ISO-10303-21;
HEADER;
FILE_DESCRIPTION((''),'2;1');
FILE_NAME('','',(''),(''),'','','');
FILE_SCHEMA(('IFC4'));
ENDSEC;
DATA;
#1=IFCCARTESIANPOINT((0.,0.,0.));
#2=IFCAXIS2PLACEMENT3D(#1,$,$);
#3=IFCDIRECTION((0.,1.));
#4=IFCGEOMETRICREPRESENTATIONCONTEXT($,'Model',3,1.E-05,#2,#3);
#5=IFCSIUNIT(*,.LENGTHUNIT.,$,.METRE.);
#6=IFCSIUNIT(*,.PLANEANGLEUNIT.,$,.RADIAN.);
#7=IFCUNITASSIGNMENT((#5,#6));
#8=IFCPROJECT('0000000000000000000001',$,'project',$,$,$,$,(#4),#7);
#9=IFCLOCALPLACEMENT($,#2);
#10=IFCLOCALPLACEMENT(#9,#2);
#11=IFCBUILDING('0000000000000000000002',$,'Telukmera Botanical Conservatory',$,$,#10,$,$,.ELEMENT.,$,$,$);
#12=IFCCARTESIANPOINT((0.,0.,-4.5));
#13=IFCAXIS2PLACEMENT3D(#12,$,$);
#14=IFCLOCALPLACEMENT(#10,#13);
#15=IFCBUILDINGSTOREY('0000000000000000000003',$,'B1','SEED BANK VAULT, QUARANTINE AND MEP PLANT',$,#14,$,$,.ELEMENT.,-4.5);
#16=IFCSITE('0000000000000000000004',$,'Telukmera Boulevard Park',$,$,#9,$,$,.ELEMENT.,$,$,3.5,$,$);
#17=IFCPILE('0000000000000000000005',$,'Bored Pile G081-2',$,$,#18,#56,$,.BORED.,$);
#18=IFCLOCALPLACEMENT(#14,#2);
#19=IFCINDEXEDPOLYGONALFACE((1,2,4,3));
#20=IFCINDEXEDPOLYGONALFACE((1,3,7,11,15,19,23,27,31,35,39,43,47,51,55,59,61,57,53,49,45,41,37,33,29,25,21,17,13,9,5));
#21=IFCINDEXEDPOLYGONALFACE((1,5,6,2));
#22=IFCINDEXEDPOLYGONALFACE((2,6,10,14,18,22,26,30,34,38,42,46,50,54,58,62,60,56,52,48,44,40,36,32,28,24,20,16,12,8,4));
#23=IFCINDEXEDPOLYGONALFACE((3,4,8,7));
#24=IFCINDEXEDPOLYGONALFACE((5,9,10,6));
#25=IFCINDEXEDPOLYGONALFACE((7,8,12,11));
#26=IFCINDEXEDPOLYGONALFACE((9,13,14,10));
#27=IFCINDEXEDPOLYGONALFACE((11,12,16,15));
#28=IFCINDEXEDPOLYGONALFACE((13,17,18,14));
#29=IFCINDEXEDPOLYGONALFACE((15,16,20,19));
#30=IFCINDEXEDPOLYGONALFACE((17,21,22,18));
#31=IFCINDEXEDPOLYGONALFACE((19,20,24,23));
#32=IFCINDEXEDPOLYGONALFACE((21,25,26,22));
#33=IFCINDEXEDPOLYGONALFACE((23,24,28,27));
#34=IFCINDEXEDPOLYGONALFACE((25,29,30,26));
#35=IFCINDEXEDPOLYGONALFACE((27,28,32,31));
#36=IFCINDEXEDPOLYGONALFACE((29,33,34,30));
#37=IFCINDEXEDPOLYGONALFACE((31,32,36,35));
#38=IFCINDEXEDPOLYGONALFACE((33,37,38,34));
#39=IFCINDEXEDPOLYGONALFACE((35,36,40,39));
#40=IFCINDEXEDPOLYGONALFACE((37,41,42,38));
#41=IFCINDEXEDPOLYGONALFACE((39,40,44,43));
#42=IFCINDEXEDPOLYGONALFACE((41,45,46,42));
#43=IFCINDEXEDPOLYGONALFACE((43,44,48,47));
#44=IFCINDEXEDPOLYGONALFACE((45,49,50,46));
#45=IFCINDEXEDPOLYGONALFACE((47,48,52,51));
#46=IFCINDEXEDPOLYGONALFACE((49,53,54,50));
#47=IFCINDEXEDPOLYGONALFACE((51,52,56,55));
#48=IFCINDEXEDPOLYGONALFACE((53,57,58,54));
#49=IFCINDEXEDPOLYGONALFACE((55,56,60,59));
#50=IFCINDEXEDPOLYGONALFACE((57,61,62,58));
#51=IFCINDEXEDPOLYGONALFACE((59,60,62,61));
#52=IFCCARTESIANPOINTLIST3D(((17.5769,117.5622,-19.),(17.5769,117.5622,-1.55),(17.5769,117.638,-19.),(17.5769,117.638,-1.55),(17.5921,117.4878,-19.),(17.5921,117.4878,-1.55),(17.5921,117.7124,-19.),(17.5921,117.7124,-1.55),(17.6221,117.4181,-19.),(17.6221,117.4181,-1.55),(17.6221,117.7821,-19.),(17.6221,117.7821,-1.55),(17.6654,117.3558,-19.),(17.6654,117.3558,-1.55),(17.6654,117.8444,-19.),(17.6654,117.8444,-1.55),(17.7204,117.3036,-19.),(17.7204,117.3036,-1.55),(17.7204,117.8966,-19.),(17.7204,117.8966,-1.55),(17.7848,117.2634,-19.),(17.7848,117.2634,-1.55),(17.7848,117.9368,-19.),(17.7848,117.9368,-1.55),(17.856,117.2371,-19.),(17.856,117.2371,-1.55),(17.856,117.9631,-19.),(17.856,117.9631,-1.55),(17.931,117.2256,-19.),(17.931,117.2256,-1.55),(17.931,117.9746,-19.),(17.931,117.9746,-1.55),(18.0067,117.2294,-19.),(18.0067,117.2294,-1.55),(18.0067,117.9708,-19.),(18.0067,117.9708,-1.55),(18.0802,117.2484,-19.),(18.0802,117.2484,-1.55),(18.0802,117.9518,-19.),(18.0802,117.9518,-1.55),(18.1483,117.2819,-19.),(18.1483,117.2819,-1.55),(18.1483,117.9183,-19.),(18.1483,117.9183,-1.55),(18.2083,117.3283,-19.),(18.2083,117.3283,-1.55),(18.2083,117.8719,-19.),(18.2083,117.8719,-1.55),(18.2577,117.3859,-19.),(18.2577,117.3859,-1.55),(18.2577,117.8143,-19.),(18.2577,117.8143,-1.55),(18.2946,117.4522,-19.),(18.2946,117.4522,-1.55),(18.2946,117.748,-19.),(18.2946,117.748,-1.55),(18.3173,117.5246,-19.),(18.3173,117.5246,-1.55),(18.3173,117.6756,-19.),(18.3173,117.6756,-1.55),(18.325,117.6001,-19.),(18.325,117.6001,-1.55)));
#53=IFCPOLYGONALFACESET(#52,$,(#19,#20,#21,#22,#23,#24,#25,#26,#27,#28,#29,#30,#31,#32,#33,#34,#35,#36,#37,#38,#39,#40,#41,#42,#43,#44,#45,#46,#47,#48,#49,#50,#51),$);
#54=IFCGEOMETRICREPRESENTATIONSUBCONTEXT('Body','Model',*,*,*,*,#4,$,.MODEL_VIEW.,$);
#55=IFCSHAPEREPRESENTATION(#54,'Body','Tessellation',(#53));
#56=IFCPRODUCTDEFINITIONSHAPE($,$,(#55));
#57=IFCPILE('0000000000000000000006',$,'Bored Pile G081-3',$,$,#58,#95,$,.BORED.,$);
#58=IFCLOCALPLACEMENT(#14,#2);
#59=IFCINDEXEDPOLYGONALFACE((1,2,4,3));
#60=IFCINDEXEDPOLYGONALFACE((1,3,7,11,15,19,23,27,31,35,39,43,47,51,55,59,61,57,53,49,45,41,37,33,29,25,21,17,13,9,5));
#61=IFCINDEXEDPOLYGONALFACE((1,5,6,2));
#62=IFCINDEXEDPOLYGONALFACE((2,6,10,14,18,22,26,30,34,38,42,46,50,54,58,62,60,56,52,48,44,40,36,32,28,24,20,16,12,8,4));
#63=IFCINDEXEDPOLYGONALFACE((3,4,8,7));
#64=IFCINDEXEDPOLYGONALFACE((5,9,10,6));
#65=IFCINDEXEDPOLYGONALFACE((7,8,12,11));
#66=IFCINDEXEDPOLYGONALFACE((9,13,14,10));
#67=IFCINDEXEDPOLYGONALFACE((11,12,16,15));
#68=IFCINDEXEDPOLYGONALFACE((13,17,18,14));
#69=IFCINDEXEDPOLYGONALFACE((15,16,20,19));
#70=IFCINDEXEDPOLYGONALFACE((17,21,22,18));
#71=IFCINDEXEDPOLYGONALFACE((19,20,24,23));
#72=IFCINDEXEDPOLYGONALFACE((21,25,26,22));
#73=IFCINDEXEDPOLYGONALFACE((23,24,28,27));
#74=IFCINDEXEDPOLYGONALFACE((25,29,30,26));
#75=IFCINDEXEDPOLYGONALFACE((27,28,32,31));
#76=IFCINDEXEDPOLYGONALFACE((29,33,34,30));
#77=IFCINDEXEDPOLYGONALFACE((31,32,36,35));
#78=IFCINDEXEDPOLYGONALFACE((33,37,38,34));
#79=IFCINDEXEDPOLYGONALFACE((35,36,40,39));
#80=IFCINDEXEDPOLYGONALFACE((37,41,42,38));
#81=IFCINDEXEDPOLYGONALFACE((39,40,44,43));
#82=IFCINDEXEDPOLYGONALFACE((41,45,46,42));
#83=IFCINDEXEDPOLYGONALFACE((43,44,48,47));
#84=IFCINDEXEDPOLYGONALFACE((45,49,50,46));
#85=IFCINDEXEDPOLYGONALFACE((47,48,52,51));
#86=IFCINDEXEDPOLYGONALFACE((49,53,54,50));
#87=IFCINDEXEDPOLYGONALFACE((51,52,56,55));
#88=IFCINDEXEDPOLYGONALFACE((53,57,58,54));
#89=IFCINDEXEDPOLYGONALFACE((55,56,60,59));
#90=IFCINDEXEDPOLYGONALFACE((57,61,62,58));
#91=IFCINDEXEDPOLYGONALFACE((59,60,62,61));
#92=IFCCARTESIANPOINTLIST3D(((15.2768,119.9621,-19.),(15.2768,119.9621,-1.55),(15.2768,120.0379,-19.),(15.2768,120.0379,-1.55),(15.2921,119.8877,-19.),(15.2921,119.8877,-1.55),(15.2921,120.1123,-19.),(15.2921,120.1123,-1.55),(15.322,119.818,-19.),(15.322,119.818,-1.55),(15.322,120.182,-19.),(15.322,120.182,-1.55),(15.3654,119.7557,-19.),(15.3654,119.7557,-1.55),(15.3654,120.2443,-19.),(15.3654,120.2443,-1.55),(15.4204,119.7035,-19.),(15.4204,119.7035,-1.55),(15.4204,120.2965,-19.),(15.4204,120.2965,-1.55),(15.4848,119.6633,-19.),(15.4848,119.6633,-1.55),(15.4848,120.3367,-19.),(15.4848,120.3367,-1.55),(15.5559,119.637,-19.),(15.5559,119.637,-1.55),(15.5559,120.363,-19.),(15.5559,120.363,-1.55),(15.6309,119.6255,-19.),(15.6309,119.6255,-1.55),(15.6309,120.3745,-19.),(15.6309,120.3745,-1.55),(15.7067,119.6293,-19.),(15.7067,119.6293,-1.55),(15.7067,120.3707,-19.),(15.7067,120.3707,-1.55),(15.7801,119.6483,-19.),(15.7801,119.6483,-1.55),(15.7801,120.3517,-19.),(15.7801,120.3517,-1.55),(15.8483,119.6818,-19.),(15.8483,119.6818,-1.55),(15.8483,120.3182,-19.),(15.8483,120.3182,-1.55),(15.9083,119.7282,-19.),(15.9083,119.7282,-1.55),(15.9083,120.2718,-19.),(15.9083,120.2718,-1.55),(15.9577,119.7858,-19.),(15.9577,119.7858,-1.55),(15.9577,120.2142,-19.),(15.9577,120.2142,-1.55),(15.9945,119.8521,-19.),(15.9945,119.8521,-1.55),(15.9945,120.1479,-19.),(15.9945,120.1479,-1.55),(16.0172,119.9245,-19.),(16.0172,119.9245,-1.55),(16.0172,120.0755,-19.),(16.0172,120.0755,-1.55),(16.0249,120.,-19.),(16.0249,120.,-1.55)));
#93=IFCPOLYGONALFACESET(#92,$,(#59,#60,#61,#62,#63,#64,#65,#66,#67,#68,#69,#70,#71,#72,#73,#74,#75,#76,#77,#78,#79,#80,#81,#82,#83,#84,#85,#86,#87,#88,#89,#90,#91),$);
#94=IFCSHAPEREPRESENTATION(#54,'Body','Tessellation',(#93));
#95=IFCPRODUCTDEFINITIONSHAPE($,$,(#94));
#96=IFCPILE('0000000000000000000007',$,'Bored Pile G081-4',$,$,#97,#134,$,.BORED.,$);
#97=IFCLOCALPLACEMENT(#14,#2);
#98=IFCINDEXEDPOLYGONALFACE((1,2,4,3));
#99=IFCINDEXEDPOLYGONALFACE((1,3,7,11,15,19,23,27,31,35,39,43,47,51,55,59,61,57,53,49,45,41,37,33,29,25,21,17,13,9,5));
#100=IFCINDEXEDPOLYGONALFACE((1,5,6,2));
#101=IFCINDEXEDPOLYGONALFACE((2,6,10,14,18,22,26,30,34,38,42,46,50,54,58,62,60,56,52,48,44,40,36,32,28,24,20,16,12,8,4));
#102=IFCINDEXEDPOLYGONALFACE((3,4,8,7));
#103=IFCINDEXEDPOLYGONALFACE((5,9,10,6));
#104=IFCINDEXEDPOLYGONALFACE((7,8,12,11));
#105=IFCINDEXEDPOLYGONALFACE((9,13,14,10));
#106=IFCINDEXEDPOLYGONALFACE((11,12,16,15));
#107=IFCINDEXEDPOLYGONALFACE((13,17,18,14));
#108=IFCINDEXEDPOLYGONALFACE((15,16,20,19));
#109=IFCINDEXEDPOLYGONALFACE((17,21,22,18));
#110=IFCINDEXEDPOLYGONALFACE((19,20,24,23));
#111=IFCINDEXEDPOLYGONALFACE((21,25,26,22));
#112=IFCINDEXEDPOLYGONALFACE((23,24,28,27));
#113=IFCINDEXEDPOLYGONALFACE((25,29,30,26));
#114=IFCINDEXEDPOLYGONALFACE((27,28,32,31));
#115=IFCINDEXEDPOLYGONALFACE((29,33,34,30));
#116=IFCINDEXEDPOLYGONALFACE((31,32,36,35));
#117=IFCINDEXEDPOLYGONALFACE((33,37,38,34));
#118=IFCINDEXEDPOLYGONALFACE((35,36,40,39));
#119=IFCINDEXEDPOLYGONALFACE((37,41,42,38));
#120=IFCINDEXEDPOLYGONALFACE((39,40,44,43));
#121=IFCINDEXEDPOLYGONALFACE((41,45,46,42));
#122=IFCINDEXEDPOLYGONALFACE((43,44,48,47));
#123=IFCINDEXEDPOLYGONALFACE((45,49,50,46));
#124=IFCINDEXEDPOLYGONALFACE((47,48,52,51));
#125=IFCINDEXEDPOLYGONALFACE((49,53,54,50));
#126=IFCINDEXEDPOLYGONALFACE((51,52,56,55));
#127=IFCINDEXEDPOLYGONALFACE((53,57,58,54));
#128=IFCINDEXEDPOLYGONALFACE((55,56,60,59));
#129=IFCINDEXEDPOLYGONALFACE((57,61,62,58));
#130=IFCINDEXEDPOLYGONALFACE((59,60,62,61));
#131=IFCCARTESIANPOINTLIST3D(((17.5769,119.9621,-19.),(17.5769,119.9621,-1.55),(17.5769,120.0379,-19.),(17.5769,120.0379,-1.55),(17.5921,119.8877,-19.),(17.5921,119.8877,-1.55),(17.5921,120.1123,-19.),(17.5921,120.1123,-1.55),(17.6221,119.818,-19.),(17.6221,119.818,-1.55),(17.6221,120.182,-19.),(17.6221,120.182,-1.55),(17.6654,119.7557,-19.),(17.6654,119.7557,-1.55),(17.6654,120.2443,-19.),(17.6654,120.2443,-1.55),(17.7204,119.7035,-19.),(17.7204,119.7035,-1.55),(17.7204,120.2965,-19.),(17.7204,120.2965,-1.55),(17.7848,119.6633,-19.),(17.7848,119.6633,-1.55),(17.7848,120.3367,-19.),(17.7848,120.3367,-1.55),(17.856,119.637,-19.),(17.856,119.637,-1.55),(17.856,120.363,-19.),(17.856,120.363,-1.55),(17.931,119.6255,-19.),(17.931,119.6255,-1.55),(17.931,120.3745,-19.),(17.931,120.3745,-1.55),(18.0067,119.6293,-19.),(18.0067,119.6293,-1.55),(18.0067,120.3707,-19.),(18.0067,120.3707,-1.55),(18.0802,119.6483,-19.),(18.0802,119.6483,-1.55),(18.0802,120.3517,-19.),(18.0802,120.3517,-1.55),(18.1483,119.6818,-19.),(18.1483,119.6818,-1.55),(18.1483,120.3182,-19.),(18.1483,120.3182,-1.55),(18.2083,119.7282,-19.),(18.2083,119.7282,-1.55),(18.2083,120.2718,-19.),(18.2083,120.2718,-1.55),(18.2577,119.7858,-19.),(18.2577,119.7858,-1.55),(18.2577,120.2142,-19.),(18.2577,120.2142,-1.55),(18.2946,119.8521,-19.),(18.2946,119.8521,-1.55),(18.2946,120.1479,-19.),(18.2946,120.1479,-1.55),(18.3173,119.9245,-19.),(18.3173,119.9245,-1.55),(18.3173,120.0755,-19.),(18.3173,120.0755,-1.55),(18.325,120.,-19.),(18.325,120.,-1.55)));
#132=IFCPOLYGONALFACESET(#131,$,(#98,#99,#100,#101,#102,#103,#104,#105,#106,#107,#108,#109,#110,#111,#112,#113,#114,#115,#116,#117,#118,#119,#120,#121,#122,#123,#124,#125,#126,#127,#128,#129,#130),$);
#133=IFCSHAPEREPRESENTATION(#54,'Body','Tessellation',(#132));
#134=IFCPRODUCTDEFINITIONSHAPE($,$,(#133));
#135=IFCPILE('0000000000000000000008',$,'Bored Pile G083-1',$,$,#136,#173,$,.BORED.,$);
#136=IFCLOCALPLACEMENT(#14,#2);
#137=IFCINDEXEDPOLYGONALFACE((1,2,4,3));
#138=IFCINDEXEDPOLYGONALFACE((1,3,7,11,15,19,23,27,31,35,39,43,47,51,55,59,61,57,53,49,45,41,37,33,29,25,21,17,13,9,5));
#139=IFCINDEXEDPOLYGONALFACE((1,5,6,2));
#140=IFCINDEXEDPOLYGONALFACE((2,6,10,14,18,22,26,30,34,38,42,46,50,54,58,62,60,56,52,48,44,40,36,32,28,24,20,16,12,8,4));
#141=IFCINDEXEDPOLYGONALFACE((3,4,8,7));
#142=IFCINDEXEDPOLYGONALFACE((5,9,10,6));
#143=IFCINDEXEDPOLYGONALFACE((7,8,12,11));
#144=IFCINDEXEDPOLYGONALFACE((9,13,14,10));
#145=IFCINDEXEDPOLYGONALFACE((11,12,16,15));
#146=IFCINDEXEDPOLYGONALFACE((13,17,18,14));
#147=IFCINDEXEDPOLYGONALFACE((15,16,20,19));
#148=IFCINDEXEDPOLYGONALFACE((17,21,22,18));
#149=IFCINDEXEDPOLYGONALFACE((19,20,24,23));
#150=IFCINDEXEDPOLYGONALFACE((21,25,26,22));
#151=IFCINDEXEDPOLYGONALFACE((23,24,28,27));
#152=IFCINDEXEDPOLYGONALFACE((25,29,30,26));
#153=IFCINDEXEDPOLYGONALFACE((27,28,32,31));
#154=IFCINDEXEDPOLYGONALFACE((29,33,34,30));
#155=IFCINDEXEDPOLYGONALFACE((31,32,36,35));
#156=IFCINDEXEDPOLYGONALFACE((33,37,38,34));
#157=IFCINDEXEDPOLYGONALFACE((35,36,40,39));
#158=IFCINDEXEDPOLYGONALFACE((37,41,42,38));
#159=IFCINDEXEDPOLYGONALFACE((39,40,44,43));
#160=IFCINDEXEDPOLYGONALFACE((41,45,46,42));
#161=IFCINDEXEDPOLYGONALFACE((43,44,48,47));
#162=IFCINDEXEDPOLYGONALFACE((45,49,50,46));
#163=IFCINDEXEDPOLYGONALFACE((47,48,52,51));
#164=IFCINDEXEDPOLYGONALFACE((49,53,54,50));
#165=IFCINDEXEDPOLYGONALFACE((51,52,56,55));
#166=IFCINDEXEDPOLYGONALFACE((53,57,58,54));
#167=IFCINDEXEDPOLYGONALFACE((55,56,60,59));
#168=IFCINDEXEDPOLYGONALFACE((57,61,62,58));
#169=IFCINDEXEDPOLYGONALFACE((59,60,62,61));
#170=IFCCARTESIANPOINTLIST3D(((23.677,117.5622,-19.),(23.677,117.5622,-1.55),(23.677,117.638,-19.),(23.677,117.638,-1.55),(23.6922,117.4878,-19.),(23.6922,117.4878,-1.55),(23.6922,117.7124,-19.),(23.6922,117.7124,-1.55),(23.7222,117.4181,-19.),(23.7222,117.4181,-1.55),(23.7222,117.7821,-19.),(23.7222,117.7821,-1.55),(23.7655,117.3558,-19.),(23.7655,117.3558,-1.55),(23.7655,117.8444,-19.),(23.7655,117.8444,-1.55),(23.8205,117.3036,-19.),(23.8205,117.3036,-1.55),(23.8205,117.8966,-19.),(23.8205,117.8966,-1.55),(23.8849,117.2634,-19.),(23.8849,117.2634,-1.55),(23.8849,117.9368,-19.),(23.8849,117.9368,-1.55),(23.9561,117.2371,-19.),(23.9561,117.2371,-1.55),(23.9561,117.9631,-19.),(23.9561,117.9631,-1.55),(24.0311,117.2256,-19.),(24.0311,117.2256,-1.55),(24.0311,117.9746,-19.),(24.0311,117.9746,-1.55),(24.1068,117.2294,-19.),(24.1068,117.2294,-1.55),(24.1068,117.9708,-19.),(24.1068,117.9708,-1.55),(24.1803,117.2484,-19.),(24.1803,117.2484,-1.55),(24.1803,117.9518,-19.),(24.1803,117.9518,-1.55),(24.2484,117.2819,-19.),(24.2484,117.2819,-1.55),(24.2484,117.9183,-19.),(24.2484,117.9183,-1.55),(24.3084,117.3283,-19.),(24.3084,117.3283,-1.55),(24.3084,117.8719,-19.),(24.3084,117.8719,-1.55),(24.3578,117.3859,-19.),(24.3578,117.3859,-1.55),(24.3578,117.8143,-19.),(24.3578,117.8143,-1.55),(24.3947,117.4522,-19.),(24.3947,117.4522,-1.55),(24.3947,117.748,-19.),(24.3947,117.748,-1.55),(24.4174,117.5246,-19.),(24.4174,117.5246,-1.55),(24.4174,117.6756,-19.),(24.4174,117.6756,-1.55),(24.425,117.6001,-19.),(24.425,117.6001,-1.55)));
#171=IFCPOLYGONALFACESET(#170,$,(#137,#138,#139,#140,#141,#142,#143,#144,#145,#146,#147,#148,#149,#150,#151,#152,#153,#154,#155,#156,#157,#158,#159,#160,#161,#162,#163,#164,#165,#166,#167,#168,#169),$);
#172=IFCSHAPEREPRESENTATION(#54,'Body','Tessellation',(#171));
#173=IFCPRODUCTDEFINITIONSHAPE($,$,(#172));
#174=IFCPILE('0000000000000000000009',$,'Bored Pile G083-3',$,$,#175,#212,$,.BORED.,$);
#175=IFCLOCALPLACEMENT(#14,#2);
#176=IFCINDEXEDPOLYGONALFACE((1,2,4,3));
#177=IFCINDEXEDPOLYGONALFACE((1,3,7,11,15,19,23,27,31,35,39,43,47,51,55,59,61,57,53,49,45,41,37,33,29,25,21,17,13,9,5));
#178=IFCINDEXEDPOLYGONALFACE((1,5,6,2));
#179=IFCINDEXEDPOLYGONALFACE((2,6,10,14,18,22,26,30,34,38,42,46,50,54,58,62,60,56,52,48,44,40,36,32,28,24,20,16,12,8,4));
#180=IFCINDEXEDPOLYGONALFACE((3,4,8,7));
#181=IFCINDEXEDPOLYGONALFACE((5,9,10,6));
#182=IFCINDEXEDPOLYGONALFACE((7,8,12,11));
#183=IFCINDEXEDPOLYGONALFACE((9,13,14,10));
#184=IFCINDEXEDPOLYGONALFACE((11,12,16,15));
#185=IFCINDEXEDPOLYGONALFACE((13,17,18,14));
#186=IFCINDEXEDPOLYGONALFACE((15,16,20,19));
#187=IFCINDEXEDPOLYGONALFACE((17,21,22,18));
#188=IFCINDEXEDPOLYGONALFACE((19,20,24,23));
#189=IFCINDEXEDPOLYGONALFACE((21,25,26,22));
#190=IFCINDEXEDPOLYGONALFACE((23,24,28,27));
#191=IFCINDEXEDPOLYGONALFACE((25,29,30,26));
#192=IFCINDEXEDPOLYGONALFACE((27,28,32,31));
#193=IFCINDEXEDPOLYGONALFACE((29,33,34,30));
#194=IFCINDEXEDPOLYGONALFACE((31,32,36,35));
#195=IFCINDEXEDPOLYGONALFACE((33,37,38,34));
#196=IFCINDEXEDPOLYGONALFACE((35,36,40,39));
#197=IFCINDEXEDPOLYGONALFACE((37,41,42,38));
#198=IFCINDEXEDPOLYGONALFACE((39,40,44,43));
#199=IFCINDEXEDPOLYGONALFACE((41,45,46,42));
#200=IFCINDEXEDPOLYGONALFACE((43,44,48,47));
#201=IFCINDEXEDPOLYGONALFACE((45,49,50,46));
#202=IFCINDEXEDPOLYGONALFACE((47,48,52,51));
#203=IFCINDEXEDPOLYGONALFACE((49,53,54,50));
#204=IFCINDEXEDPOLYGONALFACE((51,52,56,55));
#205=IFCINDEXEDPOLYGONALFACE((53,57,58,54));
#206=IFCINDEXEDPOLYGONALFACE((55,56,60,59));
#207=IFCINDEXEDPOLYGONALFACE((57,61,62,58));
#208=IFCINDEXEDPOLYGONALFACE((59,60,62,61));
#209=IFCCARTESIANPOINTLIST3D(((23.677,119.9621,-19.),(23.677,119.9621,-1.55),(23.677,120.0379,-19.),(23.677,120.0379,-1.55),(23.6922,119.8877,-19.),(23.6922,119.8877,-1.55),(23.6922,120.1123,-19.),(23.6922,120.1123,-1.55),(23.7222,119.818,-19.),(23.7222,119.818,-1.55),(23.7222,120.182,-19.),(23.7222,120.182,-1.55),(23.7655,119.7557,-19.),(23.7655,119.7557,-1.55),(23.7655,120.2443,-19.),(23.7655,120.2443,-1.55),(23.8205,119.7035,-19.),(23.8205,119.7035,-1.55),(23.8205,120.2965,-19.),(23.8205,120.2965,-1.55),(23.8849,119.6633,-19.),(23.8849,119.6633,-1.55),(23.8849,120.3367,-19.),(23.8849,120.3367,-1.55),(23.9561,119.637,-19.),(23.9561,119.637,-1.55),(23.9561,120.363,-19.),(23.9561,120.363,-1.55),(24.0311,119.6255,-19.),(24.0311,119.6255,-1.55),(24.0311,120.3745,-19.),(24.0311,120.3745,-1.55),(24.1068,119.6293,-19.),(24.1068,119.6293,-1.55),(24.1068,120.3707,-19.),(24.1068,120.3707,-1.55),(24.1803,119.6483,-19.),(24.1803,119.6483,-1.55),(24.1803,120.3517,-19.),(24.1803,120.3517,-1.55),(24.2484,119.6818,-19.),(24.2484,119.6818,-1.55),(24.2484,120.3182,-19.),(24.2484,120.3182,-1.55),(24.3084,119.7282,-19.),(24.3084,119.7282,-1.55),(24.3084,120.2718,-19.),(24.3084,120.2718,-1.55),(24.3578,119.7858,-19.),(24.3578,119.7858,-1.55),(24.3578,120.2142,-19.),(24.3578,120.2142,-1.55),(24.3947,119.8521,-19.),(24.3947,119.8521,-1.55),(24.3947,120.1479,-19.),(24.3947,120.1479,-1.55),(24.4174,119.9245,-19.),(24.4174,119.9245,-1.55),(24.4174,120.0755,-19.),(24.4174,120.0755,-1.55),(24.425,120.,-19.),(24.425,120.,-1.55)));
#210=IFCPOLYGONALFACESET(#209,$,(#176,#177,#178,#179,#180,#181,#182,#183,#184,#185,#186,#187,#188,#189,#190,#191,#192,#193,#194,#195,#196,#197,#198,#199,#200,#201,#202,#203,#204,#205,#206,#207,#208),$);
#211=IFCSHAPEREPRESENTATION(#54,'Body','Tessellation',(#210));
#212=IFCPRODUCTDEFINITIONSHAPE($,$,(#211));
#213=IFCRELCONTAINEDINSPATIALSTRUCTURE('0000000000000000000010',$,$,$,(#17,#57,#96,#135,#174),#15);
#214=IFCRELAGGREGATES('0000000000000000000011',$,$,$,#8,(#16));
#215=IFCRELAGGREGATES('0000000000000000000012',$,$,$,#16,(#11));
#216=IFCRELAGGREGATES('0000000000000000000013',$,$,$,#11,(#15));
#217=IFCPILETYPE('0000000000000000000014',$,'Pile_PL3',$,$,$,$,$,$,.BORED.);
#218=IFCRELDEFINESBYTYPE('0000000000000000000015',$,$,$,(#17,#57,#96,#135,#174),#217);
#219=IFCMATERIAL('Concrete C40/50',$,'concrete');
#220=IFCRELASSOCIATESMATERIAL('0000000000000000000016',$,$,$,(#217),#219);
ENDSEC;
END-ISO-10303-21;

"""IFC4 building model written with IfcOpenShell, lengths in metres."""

from ifc_helpers import new_model, si_unit, direction, frame, origin, origin_2d, place, context, subcontext, project, spatial, circle, extrude, material, material_profile, profile_set, type_object, element, save


model = new_model("IFC4")

# Units and contexts
model_context = context("Model", 3, precision=1e-05, world=origin(), true_north=direction((0.0, 1.0)))
body_context = subcontext(model_context, "Body", "Model", "MODEL_VIEW")
ifc_project = project(units=[si_unit("LENGTHUNIT", "METRE"), si_unit("PLANEANGLEUNIT", "RADIAN")], contexts=[model_context])

# Site, building, storey
site_placement = place(None, origin())
site = spatial("IfcSite", under=ifc_project, at=site_placement, Name="Telukmera Boulevard Park", CompositionType="ELEMENT", RefElevation=3.5)
building_placement = place(site_placement, origin())
building = spatial("IfcBuilding", under=site, at=building_placement, Name="Telukmera Botanical Conservatory", CompositionType="ELEMENT")
storey_placement = place(building_placement, frame((0.0, 0.0, -4.5)))
storey = spatial("IfcBuildingStorey", under=building, at=storey_placement, Name="B1", Description="SEED BANK VAULT, QUARANTINE AND MEP PLANT", CompositionType="ELEMENT", Elevation=-4.5)

# Shared definitions
ifc_material_1 = material(Name="Concrete C40/50", Category="concrete")

# Piles
ifc_material_profile_1 = material_profile(ifc_material_1, circle(Radius=0.375, at=origin_2d()), Name="PILE D750")
ifc_profile_set_1 = profile_set([ifc_material_profile_1], Name="Concrete C40/50")
pile_type = type_object("IfcPileType", Name="Pile_PL3", PredefinedType="BORED", material=ifc_profile_set_1)
for number, where, z_axis, x_axis, name in (
    (1, (17.95, 117.6001, -1.55), (0.0, 0.0, -1.0), (1.0, 0.0, 0.0), "Bored Pile G081-2"),
    (2, (15.6499, 120.0, -1.55), (0.0, 0.0, -1.0), (1.0, 0.0, 0.0), "Bored Pile G081-3"),
    (3, (17.95, 120.0, -1.55), (0.0, 0.0, -1.0), (1.0, 0.0, 0.0), "Bored Pile G081-4"),
    (4, (24.05, 117.6001, -1.55), (0.0, 0.0, -1.0), (1.0, 0.0, 0.0), "Bored Pile G083-1"),
    (5, (24.05, 120.0, -1.55), (0.0, 0.0, -1.0), (1.0, 0.0, 0.0), "Bored Pile G083-3"),
):
    element("IfcPile", number, at=place(storey_placement, frame(where, z_axis=z_axis, x_axis=x_axis)), inside=storey, type_object=pile_type, Name=name, PredefinedType="BORED", context=body_context, shape_type="SweptSolid", body=[
        extrude(circle(Radius=0.375, at=origin_2d()), origin(), (0.0, 0.0, 1.0), 17.45),
    ])

save(model, "model.ifc")
